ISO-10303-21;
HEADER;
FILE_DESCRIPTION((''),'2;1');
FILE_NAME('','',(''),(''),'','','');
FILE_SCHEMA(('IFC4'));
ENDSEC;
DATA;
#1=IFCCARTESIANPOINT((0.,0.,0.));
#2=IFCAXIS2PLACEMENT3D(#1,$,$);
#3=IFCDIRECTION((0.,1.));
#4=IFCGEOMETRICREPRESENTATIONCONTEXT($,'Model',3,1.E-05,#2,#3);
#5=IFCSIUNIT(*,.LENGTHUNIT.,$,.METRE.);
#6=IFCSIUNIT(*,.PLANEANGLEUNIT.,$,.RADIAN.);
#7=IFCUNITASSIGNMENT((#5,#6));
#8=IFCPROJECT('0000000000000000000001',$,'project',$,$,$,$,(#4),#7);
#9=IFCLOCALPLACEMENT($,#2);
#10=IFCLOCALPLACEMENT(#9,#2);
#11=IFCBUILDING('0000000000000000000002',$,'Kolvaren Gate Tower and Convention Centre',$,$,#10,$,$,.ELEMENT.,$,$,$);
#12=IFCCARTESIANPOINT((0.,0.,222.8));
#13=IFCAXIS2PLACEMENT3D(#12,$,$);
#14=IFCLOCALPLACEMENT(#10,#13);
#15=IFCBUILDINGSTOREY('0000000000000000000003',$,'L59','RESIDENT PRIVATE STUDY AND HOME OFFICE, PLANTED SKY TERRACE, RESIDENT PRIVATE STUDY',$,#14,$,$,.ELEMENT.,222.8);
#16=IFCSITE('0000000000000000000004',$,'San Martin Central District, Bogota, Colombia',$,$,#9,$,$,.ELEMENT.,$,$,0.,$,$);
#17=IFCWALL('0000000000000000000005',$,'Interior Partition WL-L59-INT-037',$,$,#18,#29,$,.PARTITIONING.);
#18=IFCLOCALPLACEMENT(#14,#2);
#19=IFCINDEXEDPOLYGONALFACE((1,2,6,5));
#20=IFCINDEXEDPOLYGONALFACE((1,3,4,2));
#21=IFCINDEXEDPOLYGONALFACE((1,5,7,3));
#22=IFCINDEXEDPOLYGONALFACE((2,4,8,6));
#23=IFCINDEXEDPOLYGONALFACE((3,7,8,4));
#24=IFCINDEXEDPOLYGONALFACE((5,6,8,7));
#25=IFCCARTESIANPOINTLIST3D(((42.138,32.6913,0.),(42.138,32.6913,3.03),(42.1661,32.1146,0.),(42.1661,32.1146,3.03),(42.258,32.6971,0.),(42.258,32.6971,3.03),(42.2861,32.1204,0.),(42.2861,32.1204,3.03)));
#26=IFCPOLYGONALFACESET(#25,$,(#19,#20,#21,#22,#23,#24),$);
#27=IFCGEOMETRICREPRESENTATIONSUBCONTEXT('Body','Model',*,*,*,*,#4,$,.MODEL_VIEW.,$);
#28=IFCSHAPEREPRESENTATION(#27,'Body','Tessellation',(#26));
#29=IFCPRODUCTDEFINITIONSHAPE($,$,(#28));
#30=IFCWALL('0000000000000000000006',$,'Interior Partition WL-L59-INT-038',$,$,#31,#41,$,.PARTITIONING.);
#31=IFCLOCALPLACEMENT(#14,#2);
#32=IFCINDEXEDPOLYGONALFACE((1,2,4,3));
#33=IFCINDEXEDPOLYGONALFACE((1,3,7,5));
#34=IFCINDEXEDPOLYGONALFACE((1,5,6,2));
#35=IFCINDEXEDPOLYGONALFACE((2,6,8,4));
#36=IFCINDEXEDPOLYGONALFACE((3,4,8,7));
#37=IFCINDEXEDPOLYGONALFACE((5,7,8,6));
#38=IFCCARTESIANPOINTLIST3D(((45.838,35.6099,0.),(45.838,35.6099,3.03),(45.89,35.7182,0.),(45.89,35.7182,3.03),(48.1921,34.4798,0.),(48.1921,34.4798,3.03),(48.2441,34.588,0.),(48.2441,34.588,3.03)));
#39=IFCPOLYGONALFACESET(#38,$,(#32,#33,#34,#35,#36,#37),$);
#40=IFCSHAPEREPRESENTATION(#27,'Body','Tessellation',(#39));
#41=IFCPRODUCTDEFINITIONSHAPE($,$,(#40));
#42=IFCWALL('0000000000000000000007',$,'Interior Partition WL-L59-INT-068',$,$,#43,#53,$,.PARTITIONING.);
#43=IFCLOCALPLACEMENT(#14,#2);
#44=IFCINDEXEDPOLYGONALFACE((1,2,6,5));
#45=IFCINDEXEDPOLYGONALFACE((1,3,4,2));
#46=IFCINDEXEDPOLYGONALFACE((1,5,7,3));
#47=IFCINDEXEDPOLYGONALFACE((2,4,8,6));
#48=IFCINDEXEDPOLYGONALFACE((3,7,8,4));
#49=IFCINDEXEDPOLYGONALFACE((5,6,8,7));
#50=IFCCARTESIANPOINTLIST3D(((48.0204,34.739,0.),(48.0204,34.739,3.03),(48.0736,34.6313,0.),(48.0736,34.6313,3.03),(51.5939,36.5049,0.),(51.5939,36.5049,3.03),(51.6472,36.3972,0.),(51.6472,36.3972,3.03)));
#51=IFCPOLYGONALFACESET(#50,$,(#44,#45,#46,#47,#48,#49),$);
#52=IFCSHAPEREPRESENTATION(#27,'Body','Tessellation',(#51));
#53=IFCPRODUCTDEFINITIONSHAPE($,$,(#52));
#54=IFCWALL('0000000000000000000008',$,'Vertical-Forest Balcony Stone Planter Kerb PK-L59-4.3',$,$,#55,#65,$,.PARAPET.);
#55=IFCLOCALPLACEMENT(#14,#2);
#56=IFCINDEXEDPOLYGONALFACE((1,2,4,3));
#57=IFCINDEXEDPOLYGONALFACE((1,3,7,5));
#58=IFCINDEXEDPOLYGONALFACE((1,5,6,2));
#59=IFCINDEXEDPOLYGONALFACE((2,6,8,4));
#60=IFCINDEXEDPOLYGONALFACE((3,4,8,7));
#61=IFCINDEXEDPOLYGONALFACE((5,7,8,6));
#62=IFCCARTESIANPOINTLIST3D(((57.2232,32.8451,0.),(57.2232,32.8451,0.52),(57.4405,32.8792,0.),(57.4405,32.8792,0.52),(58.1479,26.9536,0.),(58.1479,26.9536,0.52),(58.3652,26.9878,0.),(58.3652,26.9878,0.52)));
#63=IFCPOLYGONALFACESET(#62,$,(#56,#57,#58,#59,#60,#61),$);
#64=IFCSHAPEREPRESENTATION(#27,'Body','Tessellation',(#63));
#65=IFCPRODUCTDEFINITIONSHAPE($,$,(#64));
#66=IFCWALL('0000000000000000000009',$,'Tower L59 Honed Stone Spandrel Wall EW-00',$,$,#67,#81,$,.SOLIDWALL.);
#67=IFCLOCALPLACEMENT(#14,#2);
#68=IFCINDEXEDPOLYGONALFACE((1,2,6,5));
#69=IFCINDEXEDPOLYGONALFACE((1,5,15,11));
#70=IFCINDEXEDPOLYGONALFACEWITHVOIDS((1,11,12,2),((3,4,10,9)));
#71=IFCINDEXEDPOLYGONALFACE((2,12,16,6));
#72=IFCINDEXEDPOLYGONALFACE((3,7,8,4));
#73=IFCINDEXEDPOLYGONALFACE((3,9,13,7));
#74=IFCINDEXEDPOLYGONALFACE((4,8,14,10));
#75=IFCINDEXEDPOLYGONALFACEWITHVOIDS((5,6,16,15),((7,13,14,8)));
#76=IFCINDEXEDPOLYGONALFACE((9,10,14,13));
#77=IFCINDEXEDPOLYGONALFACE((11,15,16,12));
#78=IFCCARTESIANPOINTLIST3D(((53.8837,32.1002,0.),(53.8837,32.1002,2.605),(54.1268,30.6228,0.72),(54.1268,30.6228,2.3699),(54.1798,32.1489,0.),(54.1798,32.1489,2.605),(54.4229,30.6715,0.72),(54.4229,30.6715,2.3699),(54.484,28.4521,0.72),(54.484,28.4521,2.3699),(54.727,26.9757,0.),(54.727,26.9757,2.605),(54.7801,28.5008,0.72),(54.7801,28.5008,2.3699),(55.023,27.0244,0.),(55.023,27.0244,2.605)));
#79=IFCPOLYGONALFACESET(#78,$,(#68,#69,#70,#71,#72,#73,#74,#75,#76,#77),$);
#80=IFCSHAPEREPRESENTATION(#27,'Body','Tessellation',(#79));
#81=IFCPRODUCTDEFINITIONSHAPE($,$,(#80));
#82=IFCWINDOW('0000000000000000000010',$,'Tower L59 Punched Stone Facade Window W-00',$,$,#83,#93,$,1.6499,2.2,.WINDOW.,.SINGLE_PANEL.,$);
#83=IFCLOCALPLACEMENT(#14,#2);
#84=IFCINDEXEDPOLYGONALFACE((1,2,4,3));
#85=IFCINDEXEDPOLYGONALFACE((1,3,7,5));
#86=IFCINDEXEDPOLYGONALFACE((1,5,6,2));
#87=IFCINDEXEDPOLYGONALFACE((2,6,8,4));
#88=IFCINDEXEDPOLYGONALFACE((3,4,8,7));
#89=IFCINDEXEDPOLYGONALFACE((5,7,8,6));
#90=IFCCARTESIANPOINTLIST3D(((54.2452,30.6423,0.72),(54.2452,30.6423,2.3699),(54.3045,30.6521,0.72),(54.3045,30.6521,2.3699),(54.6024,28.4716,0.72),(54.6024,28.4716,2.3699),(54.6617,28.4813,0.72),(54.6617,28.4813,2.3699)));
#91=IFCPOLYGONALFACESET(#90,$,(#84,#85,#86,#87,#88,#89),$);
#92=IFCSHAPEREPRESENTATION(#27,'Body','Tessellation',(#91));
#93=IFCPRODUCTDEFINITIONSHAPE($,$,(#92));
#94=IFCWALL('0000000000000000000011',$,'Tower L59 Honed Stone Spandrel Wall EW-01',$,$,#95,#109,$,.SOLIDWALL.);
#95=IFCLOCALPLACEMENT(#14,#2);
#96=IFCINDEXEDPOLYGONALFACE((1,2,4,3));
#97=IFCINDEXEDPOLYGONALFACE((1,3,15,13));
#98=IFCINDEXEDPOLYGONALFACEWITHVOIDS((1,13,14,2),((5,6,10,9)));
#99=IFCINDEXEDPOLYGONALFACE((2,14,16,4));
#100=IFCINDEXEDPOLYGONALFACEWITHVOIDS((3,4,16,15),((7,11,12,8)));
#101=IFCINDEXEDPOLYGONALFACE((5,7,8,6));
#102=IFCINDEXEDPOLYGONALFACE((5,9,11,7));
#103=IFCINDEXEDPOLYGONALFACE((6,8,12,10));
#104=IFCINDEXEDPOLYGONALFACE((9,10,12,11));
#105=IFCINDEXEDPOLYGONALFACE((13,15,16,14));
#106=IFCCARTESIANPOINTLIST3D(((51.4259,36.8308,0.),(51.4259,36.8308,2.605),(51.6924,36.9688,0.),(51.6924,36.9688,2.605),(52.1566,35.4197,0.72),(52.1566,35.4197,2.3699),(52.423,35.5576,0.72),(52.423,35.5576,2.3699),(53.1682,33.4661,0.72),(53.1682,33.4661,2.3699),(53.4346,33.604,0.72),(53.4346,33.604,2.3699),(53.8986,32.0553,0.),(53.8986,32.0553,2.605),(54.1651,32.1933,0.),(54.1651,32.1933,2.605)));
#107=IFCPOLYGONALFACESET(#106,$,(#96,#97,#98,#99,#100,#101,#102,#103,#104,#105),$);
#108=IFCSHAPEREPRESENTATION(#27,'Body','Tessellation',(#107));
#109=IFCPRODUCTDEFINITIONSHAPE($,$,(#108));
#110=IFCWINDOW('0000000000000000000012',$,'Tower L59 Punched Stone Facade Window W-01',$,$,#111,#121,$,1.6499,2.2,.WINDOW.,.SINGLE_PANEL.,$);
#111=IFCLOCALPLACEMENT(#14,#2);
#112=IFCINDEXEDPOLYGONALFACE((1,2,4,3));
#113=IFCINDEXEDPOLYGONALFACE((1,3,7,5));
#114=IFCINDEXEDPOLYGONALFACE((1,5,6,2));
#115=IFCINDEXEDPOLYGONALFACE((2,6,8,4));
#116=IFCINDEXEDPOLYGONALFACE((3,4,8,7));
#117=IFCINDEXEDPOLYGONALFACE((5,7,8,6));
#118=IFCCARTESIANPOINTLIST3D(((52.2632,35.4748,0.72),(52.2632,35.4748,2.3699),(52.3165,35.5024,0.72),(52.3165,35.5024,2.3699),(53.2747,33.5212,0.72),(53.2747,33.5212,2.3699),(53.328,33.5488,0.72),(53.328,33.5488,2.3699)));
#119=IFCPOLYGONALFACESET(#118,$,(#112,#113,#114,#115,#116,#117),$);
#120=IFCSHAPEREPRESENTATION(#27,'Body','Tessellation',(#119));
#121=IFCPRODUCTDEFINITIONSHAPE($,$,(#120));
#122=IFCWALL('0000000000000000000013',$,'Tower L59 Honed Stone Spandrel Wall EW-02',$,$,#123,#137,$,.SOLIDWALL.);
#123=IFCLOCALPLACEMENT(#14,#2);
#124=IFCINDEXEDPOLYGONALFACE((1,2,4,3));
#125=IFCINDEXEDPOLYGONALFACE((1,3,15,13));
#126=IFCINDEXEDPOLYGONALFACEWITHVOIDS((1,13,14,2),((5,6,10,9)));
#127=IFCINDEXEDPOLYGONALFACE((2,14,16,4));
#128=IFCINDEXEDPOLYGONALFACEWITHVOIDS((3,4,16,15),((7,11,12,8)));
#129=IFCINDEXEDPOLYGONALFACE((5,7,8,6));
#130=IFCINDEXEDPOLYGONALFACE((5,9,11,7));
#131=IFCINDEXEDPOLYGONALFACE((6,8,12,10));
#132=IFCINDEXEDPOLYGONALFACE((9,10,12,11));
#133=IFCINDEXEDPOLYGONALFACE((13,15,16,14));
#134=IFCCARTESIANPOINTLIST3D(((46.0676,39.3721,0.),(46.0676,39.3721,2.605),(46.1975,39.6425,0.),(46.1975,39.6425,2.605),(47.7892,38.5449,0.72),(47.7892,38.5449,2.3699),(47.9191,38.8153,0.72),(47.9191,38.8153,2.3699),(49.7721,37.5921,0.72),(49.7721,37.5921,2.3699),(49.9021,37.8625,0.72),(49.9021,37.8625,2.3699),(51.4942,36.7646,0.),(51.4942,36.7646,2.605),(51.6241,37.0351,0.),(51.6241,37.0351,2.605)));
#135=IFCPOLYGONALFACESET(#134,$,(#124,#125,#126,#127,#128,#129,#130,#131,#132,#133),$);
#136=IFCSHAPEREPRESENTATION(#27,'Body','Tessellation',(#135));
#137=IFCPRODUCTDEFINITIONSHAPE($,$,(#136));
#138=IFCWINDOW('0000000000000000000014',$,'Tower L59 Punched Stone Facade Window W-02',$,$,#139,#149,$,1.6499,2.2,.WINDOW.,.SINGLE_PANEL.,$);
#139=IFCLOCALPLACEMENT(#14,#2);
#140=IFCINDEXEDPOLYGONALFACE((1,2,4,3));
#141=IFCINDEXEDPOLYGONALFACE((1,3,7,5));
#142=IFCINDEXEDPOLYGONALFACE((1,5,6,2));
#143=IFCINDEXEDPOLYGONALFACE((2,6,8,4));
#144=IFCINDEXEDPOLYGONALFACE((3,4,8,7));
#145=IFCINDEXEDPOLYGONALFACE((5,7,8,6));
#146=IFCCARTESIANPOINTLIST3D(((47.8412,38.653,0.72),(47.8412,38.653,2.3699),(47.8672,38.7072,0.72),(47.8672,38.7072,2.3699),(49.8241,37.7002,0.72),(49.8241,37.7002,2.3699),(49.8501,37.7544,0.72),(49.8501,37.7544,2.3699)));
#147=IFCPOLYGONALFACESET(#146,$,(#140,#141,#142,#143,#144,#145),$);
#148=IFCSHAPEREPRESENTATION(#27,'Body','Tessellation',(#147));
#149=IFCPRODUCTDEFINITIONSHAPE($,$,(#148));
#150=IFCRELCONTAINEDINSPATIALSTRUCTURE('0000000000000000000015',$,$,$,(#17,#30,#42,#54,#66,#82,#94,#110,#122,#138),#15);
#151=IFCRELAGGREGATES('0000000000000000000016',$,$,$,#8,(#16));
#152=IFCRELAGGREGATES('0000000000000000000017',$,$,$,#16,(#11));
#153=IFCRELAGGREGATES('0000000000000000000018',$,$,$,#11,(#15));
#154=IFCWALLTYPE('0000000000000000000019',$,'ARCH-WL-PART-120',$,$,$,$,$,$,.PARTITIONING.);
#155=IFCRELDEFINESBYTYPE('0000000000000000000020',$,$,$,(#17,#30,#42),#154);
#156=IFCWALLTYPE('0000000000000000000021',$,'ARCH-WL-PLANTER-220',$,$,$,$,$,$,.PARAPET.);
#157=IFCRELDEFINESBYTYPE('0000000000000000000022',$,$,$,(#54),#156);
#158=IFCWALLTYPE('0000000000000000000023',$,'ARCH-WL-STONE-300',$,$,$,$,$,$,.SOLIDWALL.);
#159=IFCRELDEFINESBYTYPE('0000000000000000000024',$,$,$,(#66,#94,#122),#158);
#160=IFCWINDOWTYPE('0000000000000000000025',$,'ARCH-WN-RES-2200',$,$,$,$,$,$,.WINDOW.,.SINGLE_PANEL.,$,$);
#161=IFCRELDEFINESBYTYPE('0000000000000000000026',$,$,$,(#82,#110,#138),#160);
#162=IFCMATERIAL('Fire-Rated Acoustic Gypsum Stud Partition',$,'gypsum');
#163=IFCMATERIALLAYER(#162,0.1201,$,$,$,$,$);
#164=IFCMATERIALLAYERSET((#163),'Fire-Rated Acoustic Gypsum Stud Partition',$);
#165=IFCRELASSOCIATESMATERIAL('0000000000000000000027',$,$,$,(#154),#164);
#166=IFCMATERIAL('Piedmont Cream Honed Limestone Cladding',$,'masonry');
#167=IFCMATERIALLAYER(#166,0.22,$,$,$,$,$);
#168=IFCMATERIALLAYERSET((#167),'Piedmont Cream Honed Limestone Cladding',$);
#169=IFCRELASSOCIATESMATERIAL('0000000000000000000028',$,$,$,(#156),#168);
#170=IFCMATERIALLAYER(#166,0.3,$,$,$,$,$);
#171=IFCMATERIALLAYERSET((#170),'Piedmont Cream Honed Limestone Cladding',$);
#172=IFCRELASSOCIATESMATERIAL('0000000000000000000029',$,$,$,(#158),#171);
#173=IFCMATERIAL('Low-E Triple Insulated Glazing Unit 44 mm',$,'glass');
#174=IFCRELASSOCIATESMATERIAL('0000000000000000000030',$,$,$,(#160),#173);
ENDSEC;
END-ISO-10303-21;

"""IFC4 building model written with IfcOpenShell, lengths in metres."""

from ifc_helpers import new_model, si_unit, direction, frame, frame_2d, origin, place, context, subcontext, project, spatial, rectangle, extrude, material, layer, layer_set, type_object, element, fill, save


model = new_model("IFC4")

# Units and contexts
model_context = context("Model", 3, precision=1e-05, world=origin(), true_north=direction((0.0, 1.0)))
body_context = subcontext(model_context, "Body", "Model", "MODEL_VIEW")
ifc_project = project(units=[si_unit("LENGTHUNIT", "METRE"), si_unit("PLANEANGLEUNIT", "RADIAN")], contexts=[model_context])

# Site, building, storey
site_placement = place(None, origin())
site = spatial("IfcSite", under=ifc_project, at=site_placement, Name="San Martin Central District, Bogota, Colombia", CompositionType="ELEMENT", RefElevation=0.0)
building_placement = place(site_placement, origin())
building = spatial("IfcBuilding", under=site, at=building_placement, Name="Kolvaren Gate Tower and Convention Centre", CompositionType="ELEMENT")
storey_placement = place(building_placement, frame((0.0, 0.0, 222.8)))
storey = spatial("IfcBuildingStorey", under=building, at=storey_placement, Name="L59", Description="RESIDENT PRIVATE STUDY AND HOME OFFICE, PLANTED SKY TERRACE, RESIDENT PRIVATE STUDY", CompositionType="ELEMENT", Elevation=222.8)

# Shared definitions
ifc_material_1 = material(Name="Fire-Rated Acoustic Gypsum Stud Partition", Category="gypsum")
ifc_layer_1 = layer(ifc_material_1, 0.1201)
ifc_layer_set_1 = layer_set([ifc_layer_1], Name="Fire-Rated Acoustic Gypsum Stud Partition")
wall_type_1 = type_object("IfcWallType", Name="ARCH-WL-PART-120", PredefinedType="PARTITIONING", material=ifc_layer_set_1)

# Walls
wall_1_placement = place(storey_placement, frame((42.198, 32.6941, 0.0), z_axis=(0.0, 0.0, 1.0), x_axis=(0.04863, -0.998817, 0.0)))
element("IfcWall", 1, at=wall_1_placement, inside=storey, type_object=wall_type_1, Name="Interior Partition WL-L59-INT-037", PredefinedType="PARTITIONING", context=body_context, shape_type="SweptSolid", body=[
    extrude(rectangle(XDim=0.5774, YDim=0.1201, at=frame_2d((0.2886, 0.0))), origin(), (0.0, 0.0, 1.0), 3.03),
])
wall_2_placement = place(storey_placement, frame((45.864, 35.6641, 0.0), z_axis=(0.0, 0.0, 1.0), x_axis=(0.901492, -0.432795, 0.0)))
element("IfcWall", 2, at=wall_2_placement, inside=storey, type_object=wall_type_1, Name="Interior Partition WL-L59-INT-038", PredefinedType="PARTITIONING", context=body_context, shape_type="SweptSolid", body=[
    extrude(rectangle(XDim=2.6113, YDim=0.1201, at=frame_2d((1.3057, 0.0))), origin(), (0.0, 0.0, 1.0), 3.03),
])
wall_3_placement = place(storey_placement, frame((48.0469, 34.6851, 0.0), z_axis=(0.0, 0.0, 1.0), x_axis=(0.896512, 0.443019, 0.0)))
element("IfcWall", 3, at=wall_3_placement, inside=storey, type_object=wall_type_1, Name="Interior Partition WL-L59-INT-068", PredefinedType="PARTITIONING", context=body_context, shape_type="SweptSolid", body=[
    extrude(rectangle(XDim=3.9861, YDim=0.1201, at=frame_2d((1.9932, 0.0))), origin(), (0.0, 0.0, 1.0), 3.03),
])
ifc_material_2 = material(Name="Piedmont Cream Honed Limestone Cladding", Category="masonry")
ifc_layer_2 = layer(ifc_material_2, 0.22)
ifc_layer_set_2 = layer_set([ifc_layer_2], Name="Piedmont Cream Honed Limestone Cladding")
wall_type_2 = type_object("IfcWallType", Name="ARCH-WL-PLANTER-220", PredefinedType="PARAPET", material=ifc_layer_set_2)
wall_4_placement = place(storey_placement, frame((57.3318, 32.8623, 0.0), z_axis=(0.0, 0.0, 1.0), x_axis=(0.155071, -0.987903, 0.0)))
element("IfcWall", 4, at=wall_4_placement, inside=storey, type_object=wall_type_2, Name="Vertical-Forest Balcony Stone Planter Kerb PK-L59-4.3", PredefinedType="PARAPET", context=body_context, shape_type="SweptSolid", body=[
    extrude(rectangle(XDim=5.9636, YDim=0.22, at=frame_2d((2.9819, 0.0))), origin(), (0.0, 0.0, 1.0), 0.52),
])

# Walls, openings, windows
ifc_layer_3 = layer(ifc_material_2, 0.3)
ifc_layer_set_3 = layer_set([ifc_layer_3], Name="Piedmont Cream Honed Limestone Cladding")
wall_type_3 = type_object("IfcWallType", Name="ARCH-WL-STONE-300", PredefinedType="SOLIDWALL", material=ifc_layer_set_3)
wall_5_placement = place(storey_placement, frame((54.0317, 32.1245, 0.0), z_axis=(0.0, 0.0, 1.0), x_axis=(0.162371, -0.98673, 0.0)))
wall_5 = element("IfcWall", 5, at=wall_5_placement, inside=storey, type_object=wall_type_3, Name="Tower L59 Honed Stone Spandrel Wall EW-00", PredefinedType="SOLIDWALL", context=body_context, shape_type="SweptSolid", body=[
    extrude(rectangle(XDim=5.1934, YDim=0.3, at=frame_2d((2.5967, 0.0))), origin(), (0.0, 0.0, 1.0), 2.605),
])
opening_1_placement = place(wall_5_placement, frame((1.4971, 0.0, 0.72)))
opening_1 = element("IfcOpeningElement", 6, at=opening_1_placement, cuts=wall_5, PredefinedType="OPENING", context=body_context, shape_type="SweptSolid", body=[
    extrude(rectangle(XDim=2.2, YDim=1.6499, at=frame_2d((1.1001, 0.825))), frame((0.0, 0.1599, 0.0), z_axis=(0.0, -1.0, 0.0), x_axis=(1.0, 0.0, 0.0)), (0.0, 0.0, 1.0), 0.3201),
])
ifc_material_3 = material(Name="Low-E Triple Insulated Glazing Unit 44 mm", Category="glass")
window_type = type_object("IfcWindowType", Name="ARCH-WN-RES-2200", PartitioningType="SINGLE_PANEL", PredefinedType="WINDOW", material=ifc_material_3)
window_1_placement = place(opening_1_placement, origin())
window_1 = element("IfcWindow", 7, at=window_1_placement, inside=storey, type_object=window_type, Name="Tower L59 Punched Stone Facade Window W-00", OverallHeight=1.6499, OverallWidth=2.2, PartitioningType="SINGLE_PANEL", PredefinedType="WINDOW", context=body_context, shape_type="SweptSolid", body=[
    extrude(rectangle(XDim=2.2, YDim=1.6499, at=frame_2d((1.1001, 0.825))), frame((0.0, 0.03, 0.0), z_axis=(0.0, -1.0, 0.0), x_axis=(1.0, 0.0, 0.0)), (0.0, 0.0, 1.0), 0.0601),
])
fill(opening_1, window_1)
wall_6_placement = place(storey_placement, frame((51.5591, 36.8999, 0.0), z_axis=(0.0, 0.0, 1.0), x_axis=(0.459808, -0.888018, 0.0)))
wall_6 = element("IfcWall", 8, at=wall_6_placement, inside=storey, type_object=wall_type_3, Name="Tower L59 Honed Stone Spandrel Wall EW-01", PredefinedType="SOLIDWALL", context=body_context, shape_type="SweptSolid", body=[
    extrude(rectangle(XDim=5.3777, YDim=0.3, at=frame_2d((2.689, 0.0))), origin(), (0.0, 0.0, 1.0), 2.605),
])
opening_2_placement = place(wall_6_placement, frame((1.5891, 0.0, 0.72)))
opening_2 = element("IfcOpeningElement", 9, at=opening_2_placement, cuts=wall_6, PredefinedType="OPENING", context=body_context, shape_type="SweptSolid", body=[
    extrude(rectangle(XDim=2.2, YDim=1.6499, at=frame_2d((1.1001, 0.825))), frame((0.0, 0.1599, 0.0), z_axis=(0.0, -1.0, 0.0), x_axis=(1.0, 0.0, 0.0)), (0.0, 0.0, 1.0), 0.3201),
])
window_2_placement = place(opening_2_placement, origin())
window_2 = element("IfcWindow", 10, at=window_2_placement, inside=storey, type_object=window_type, Name="Tower L59 Punched Stone Facade Window W-01", OverallHeight=1.6499, OverallWidth=2.2, PartitioningType="SINGLE_PANEL", PredefinedType="WINDOW", context=body_context, shape_type="SweptSolid", body=[
    extrude(rectangle(XDim=2.2, YDim=1.6499, at=frame_2d((1.1001, 0.825))), frame((0.0, 0.03, 0.0), z_axis=(0.0, -1.0, 0.0), x_axis=(1.0, 0.0, 0.0)), (0.0, 0.0, 1.0), 0.0601),
])
fill(opening_2, window_2)
wall_7_placement = place(storey_placement, frame((46.1326, 39.5073, 0.0), z_axis=(0.0, 0.0, 1.0), x_axis=(0.901348, -0.433095, 0.0)))
wall_7 = element("IfcWall", 11, at=wall_7_placement, inside=storey, type_object=wall_type_3, Name="Tower L59 Honed Stone Spandrel Wall EW-02", PredefinedType="SOLIDWALL", context=body_context, shape_type="SweptSolid", body=[
    extrude(rectangle(XDim=6.0205, YDim=0.3, at=frame_2d((3.0103, 0.0))), origin(), (0.0, 0.0, 1.0), 2.605),
])
opening_3_placement = place(wall_7_placement, frame((1.9099, 0.0, 0.72)))
opening_3 = element("IfcOpeningElement", 12, at=opening_3_placement, cuts=wall_7, PredefinedType="OPENING", context=body_context, shape_type="SweptSolid", body=[
    extrude(rectangle(XDim=2.2, YDim=1.6499, at=frame_2d((1.1001, 0.825))), frame((0.0, 0.1599, 0.0), z_axis=(0.0, -1.0, 0.0), x_axis=(1.0, 0.0, 0.0)), (0.0, 0.0, 1.0), 0.3201),
])
window_3_placement = place(opening_3_placement, origin())
window_3 = element("IfcWindow", 13, at=window_3_placement, inside=storey, type_object=window_type, Name="Tower L59 Punched Stone Facade Window W-02", OverallHeight=1.6499, OverallWidth=2.2, PartitioningType="SINGLE_PANEL", PredefinedType="WINDOW", context=body_context, shape_type="SweptSolid", body=[
    extrude(rectangle(XDim=2.2, YDim=1.6499, at=frame_2d((1.1001, 0.825))), frame((0.0, 0.03, 0.0), z_axis=(0.0, -1.0, 0.0), x_axis=(1.0, 0.0, 0.0)), (0.0, 0.0, 1.0), 0.0601),
])
fill(opening_3, window_3)

save(model, "model.ifc")
